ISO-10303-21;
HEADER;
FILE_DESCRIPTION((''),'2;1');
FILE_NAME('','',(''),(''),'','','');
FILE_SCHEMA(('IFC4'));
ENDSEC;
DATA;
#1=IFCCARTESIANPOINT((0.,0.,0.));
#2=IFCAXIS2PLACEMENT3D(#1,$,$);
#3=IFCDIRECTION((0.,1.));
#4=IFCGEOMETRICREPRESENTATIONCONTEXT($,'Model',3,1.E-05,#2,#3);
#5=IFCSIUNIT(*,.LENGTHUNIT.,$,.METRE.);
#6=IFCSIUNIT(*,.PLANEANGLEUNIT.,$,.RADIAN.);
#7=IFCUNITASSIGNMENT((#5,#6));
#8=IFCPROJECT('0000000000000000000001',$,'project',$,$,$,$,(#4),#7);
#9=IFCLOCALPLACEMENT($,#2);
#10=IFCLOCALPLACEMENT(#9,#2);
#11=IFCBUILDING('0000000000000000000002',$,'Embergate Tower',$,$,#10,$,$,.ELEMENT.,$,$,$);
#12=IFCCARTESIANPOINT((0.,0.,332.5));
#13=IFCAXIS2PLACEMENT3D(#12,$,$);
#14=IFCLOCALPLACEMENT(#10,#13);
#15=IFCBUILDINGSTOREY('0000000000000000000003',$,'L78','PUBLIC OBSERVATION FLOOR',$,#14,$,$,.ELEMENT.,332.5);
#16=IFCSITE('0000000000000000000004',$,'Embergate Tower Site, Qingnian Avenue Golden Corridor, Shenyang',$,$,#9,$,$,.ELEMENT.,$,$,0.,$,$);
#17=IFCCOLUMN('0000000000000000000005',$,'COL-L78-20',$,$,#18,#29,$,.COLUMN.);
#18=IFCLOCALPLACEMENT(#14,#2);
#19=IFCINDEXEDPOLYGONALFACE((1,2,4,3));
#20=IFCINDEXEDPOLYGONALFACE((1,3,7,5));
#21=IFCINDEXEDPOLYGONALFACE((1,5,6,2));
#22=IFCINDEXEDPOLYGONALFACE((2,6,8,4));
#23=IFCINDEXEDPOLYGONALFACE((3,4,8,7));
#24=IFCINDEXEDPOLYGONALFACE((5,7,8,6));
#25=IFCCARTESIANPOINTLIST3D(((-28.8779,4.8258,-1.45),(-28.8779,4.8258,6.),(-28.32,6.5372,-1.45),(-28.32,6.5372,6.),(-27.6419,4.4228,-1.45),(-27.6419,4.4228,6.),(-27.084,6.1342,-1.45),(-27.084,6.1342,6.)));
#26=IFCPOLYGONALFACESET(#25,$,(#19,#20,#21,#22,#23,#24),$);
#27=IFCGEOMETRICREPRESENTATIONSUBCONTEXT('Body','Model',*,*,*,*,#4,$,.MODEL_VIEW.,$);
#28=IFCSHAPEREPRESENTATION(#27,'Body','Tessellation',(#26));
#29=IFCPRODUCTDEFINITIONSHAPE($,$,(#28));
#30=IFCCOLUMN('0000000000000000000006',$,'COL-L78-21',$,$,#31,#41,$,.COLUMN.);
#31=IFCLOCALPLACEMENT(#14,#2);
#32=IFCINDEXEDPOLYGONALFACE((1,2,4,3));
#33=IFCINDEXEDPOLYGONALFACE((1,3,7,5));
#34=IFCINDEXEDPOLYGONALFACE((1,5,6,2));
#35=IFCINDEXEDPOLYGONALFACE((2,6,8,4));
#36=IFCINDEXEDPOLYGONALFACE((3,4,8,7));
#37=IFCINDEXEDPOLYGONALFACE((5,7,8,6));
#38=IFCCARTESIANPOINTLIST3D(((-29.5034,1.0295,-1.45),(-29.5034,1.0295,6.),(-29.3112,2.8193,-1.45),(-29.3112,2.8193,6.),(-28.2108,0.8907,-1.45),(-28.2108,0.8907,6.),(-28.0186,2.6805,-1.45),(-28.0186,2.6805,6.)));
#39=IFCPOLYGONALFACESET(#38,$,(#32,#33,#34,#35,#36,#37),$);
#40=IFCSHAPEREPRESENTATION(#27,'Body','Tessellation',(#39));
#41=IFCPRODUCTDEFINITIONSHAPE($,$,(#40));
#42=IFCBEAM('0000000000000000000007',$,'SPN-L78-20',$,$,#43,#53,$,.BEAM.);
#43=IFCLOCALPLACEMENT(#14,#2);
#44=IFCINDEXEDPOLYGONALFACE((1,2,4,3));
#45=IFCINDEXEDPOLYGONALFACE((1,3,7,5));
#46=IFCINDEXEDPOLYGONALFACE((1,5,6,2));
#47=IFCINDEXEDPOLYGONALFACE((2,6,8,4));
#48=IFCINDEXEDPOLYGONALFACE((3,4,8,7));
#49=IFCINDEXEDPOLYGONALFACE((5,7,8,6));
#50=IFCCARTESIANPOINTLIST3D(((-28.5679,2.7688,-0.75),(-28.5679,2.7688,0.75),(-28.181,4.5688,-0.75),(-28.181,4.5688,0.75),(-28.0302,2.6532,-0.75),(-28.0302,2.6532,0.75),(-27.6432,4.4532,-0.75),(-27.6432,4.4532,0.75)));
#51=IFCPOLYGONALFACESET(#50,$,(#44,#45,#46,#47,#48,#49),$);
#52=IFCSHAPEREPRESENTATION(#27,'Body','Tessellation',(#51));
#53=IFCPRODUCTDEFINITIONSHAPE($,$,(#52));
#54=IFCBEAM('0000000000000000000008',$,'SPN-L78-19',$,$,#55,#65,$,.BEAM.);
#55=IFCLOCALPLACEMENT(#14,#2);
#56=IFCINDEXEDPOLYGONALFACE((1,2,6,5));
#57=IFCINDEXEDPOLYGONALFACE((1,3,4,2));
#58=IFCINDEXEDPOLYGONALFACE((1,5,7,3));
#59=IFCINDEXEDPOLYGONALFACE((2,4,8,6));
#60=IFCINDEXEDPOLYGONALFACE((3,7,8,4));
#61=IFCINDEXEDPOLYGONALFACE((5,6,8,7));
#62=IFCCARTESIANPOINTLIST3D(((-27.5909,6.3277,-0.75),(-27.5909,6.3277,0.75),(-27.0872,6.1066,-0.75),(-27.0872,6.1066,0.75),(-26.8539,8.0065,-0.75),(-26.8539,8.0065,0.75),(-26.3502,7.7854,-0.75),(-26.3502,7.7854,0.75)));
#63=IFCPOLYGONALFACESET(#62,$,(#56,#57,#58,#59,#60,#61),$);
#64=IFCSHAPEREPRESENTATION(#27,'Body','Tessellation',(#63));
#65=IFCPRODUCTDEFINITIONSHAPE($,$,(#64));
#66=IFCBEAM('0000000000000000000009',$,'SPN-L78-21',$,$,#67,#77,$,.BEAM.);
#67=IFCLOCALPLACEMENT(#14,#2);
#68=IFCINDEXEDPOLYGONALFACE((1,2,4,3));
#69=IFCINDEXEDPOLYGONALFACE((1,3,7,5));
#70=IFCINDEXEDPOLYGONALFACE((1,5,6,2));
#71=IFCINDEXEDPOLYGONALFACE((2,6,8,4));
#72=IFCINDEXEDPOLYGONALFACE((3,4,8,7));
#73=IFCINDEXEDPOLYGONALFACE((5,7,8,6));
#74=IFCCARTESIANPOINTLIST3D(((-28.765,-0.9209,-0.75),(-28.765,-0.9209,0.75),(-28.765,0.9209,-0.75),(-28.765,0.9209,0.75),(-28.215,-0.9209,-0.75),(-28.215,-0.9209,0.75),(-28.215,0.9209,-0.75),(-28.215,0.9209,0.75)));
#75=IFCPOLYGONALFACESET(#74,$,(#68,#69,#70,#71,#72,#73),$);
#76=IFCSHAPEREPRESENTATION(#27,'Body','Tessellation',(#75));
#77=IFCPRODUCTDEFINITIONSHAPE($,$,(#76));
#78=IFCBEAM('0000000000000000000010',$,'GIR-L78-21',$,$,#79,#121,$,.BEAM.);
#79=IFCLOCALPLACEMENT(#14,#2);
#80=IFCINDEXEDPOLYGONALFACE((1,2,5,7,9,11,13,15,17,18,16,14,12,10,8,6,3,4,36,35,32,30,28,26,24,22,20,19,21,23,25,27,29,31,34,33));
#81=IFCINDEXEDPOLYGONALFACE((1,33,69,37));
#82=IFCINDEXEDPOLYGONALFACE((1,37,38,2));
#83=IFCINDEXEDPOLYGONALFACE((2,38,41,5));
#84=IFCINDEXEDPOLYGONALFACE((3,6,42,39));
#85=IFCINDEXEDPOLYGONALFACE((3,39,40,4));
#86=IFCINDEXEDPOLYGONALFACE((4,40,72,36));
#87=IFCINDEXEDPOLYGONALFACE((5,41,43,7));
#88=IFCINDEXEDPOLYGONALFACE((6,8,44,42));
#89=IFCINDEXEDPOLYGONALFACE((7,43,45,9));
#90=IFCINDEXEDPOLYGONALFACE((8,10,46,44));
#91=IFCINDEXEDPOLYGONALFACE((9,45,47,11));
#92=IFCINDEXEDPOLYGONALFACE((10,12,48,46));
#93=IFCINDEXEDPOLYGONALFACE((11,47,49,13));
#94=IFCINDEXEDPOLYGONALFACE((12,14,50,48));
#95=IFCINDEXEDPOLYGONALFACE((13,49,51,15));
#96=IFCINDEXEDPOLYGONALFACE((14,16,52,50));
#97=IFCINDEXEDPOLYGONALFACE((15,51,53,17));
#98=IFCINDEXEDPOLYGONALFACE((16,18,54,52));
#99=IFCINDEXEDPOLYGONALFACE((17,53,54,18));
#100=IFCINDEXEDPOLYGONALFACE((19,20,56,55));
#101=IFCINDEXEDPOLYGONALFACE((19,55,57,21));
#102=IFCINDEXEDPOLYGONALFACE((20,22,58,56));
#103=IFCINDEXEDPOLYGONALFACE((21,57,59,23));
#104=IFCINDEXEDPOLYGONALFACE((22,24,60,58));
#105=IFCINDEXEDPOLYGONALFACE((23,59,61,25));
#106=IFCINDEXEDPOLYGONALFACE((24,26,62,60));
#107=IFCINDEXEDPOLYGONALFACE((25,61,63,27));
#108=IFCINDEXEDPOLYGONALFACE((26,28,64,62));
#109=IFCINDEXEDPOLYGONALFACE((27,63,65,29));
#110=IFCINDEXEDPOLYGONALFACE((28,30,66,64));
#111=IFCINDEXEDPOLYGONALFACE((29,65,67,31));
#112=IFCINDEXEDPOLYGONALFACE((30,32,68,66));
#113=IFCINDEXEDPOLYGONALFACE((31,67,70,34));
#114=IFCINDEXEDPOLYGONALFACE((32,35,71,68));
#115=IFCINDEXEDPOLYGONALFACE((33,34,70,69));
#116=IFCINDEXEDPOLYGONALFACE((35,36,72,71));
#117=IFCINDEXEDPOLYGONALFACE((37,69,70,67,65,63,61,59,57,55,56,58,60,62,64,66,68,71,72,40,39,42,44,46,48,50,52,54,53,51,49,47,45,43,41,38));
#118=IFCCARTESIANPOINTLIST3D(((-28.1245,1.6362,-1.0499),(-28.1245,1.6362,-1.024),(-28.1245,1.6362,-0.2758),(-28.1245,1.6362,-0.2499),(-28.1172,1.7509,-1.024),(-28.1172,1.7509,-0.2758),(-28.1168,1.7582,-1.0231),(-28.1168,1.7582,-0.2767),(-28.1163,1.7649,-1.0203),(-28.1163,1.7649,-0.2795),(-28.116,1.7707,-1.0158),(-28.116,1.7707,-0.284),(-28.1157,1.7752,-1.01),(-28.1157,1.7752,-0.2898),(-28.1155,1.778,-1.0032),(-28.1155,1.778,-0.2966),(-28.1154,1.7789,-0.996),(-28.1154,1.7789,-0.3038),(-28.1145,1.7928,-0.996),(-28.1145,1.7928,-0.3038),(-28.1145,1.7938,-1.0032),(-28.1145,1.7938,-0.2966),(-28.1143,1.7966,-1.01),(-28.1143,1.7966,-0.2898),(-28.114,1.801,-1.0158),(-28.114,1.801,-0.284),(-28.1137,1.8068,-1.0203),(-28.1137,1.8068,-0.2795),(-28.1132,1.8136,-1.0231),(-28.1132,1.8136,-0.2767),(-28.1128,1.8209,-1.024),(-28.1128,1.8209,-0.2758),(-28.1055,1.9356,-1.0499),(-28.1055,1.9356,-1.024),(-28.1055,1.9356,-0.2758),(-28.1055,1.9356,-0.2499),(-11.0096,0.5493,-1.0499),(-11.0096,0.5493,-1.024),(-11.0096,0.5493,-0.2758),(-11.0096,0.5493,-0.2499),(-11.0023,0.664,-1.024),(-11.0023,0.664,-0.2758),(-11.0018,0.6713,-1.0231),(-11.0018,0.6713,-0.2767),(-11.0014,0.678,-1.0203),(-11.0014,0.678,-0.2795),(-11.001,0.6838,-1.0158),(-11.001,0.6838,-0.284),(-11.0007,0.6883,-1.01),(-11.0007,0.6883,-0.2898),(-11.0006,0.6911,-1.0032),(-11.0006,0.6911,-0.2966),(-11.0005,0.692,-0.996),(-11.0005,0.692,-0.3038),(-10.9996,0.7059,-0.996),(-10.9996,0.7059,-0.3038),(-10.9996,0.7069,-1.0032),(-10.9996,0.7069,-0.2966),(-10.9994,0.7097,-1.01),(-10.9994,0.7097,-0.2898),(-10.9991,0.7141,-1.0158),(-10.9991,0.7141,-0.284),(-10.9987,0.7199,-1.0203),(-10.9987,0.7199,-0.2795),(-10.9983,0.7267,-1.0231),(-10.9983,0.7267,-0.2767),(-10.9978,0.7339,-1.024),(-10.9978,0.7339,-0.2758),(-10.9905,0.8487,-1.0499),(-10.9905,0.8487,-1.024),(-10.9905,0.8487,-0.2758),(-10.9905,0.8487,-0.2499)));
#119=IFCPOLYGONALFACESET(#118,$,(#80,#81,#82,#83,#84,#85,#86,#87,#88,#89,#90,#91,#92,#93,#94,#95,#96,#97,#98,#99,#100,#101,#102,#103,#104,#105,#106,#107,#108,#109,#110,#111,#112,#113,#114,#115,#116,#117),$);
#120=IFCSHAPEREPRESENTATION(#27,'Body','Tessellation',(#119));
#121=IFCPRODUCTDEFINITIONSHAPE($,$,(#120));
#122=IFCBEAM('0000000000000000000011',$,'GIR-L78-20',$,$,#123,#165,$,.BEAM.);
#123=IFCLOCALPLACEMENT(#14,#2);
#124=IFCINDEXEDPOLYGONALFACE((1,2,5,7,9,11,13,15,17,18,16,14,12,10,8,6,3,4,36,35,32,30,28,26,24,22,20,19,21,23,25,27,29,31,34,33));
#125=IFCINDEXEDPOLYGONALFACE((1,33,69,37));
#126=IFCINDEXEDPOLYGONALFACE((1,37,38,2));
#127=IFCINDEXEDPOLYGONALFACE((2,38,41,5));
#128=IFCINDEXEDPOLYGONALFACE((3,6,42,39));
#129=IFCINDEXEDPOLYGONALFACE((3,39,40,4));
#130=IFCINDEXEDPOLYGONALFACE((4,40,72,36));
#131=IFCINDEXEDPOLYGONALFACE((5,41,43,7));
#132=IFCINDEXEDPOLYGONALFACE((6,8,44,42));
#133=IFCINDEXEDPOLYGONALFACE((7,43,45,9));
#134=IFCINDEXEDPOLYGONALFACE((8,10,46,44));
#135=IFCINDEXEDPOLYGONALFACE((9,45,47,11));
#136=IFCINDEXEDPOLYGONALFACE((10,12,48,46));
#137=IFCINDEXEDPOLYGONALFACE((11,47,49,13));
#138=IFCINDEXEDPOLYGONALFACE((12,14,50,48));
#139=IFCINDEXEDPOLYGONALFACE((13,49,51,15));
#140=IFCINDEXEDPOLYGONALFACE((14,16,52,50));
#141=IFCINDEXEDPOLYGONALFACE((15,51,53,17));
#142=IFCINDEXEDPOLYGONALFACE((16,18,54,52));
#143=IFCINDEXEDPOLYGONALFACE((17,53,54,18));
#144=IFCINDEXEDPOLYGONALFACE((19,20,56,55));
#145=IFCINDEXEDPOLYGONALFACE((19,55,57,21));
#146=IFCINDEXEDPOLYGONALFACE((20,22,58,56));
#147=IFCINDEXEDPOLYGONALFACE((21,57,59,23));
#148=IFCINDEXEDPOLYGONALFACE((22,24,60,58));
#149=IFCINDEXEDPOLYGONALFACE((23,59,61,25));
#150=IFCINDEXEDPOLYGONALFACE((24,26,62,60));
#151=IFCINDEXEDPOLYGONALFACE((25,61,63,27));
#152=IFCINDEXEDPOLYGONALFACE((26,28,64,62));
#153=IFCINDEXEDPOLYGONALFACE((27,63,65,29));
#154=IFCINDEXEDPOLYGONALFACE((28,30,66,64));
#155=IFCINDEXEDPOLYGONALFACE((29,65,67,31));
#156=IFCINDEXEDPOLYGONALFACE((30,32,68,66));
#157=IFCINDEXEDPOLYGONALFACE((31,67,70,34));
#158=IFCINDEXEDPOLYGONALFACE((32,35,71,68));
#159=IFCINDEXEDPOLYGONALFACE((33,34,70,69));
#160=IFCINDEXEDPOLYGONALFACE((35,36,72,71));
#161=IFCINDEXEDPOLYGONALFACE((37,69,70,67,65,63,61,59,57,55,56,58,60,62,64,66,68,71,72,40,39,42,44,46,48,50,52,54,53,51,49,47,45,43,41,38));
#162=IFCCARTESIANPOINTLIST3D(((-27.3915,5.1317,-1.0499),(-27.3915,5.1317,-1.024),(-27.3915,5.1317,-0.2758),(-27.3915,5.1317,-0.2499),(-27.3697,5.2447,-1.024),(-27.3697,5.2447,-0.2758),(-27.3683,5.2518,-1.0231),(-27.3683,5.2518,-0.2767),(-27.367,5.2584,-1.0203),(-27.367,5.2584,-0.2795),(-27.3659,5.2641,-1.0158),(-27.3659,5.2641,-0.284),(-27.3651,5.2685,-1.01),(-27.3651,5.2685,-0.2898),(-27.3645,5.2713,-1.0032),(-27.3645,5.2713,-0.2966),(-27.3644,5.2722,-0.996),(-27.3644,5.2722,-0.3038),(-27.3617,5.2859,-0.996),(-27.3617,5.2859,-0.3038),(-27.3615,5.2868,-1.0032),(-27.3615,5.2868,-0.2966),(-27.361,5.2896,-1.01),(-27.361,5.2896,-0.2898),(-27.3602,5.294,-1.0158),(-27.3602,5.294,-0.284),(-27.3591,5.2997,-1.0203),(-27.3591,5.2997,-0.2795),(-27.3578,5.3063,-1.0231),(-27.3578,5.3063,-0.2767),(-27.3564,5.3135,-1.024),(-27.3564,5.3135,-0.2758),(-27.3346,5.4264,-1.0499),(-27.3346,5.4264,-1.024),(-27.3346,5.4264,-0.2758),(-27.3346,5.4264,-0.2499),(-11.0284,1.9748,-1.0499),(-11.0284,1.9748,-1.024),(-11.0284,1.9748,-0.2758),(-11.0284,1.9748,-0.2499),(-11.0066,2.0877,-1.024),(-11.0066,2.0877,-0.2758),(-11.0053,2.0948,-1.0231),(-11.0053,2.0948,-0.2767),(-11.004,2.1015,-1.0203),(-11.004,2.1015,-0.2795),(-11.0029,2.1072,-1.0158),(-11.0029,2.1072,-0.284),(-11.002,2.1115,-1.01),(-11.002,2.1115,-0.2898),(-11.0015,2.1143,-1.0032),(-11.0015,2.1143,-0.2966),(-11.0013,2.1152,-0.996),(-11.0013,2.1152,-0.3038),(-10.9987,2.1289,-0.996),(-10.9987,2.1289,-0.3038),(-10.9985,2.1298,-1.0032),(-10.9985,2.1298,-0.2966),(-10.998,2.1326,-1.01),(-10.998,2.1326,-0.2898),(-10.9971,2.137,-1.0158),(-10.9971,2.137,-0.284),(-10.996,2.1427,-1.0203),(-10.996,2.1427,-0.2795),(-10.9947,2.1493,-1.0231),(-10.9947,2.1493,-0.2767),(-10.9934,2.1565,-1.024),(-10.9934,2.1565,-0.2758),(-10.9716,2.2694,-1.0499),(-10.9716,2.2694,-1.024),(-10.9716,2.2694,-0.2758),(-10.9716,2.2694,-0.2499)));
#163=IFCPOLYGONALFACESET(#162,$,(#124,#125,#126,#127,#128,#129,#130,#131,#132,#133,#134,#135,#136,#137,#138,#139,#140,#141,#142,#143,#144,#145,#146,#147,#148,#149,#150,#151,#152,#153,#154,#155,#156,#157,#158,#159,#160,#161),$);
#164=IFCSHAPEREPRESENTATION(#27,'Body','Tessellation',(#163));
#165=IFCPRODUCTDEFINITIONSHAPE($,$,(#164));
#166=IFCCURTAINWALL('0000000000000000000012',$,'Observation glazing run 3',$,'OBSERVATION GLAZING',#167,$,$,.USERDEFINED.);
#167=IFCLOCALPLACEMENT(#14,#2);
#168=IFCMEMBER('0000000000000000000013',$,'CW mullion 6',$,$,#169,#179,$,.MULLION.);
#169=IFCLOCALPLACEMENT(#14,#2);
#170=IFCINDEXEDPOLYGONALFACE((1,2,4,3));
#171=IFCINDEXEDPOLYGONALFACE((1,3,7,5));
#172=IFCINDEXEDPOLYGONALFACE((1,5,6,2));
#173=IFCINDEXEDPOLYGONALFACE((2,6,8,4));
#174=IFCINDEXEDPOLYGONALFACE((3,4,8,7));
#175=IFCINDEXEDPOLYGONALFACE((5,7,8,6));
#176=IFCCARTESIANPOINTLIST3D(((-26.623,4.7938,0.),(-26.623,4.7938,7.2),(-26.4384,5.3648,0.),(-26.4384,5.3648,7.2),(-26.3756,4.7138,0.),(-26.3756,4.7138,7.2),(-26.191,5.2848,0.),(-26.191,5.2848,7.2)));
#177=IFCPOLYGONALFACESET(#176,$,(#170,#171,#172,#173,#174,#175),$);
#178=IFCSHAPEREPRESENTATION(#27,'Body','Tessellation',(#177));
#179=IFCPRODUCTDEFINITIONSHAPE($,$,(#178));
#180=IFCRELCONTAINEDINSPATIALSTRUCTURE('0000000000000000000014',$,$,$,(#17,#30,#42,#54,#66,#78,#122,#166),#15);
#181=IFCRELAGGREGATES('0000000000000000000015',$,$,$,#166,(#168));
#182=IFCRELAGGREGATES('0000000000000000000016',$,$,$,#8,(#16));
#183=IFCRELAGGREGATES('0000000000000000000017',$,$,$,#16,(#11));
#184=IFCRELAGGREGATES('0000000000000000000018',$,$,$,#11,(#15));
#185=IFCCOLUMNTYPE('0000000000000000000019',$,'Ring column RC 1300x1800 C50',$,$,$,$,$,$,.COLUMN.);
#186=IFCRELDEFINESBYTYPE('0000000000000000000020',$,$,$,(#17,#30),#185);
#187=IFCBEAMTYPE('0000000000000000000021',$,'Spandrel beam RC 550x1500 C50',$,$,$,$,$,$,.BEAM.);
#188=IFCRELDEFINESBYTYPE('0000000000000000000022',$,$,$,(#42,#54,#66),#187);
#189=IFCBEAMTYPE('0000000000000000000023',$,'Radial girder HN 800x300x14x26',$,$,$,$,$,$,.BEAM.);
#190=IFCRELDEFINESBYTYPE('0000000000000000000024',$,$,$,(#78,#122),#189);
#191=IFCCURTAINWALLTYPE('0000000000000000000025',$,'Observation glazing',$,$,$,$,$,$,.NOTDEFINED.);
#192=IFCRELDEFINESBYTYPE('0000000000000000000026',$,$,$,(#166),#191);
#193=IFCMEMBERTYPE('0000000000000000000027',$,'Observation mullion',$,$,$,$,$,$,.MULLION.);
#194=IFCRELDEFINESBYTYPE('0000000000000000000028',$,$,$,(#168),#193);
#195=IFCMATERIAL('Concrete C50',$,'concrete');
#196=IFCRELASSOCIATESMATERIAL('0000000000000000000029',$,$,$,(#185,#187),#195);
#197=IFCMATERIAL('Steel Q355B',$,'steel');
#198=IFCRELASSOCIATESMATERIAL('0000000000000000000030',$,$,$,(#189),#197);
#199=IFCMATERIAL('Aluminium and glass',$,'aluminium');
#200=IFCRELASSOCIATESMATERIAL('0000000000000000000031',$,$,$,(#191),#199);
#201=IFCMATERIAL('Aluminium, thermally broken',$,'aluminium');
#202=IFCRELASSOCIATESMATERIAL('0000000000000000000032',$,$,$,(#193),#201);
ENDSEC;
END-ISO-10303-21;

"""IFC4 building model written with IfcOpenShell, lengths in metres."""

from ifc_helpers import new_model, si_unit, direction, frame, origin, origin_2d, place, context, subcontext, project, spatial, rectangle, i_section, extrude, source, transform, mapped, material, material_profile, profile_set, type_object, element, aggregate, save


model = new_model("IFC4")

# Units and contexts
model_context = context("Model", 3, precision=1e-05, world=origin(), true_north=direction((0.0, 1.0)))
body_context = subcontext(model_context, "Body", "Model", "MODEL_VIEW")
ifc_project = project(units=[si_unit("LENGTHUNIT", "METRE"), si_unit("PLANEANGLEUNIT", "RADIAN")], contexts=[model_context])

# Site, building, storey
site_placement = place(None, origin())
site = spatial("IfcSite", under=ifc_project, at=site_placement, Name="Embergate Tower Site, Qingnian Avenue Golden Corridor, Shenyang", CompositionType="ELEMENT", RefElevation=0.0)
building_placement = place(site_placement, origin())
building = spatial("IfcBuilding", under=site, at=building_placement, Name="Embergate Tower", CompositionType="ELEMENT")
storey_placement = place(building_placement, frame((0.0, 0.0, 332.5)))
storey = spatial("IfcBuildingStorey", under=building, at=storey_placement, Name="L78", Description="PUBLIC OBSERVATION FLOOR", CompositionType="ELEMENT", Elevation=332.5)

# Columns
ifc_material_1 = material(Name="Concrete C50", Category="concrete")
ifc_material_profile_1 = material_profile(ifc_material_1, rectangle(XDim=1.3, YDim=1.8, at=origin_2d()), Name="RC 1300x1800")
ifc_profile_set_1 = profile_set([ifc_material_profile_1], Name="Concrete C50")
column_type = type_object("IfcColumnType", Name="Ring column RC 1300x1800 C50", PredefinedType="COLUMN", material=ifc_profile_set_1)
shared_shape_1 = source(origin(), body_context, "Body", "SweptSolid", [
    extrude(rectangle(XDim=1.3, YDim=1.8, at=origin_2d()), origin(), (0.0, 0.0, 1.0), 7.45),
])
for number, where, z_axis, x_axis, name in (
    (1, (-27.981, 5.48, -1.45), (0.0, 0.0, 1.0), (-0.950754, 0.309946, 0.0), "COL-L78-20"),
    (2, (-28.761, 1.855, -1.45), (0.0, 0.0, 1.0), (-0.994286, 0.10675, 0.0), "COL-L78-21"),
):
    element("IfcColumn", number, at=place(storey_placement, frame(where, z_axis=z_axis, x_axis=x_axis)), inside=storey, type_object=column_type, Name=name, PredefinedType="COLUMN", context=body_context, shape_type="MappedRepresentation", body=[
        mapped(shared_shape_1, transform((0.0, 0.0, 0.0))),
    ])

# Beams
ifc_material_profile_2 = material_profile(ifc_material_1, rectangle(XDim=0.55, YDim=1.5, at=origin_2d()), Name="RC 550x1500")
ifc_profile_set_2 = profile_set([ifc_material_profile_2], Name="Concrete C50")
beam_type_1 = type_object("IfcBeamType", Name="Spandrel beam RC 550x1500 C50", PredefinedType="BEAM", material=ifc_profile_set_2)
shared_shape_2 = source(origin(), body_context, "Body", "SweptSolid", [
    extrude(rectangle(XDim=0.55, YDim=1.5, at=origin_2d()), origin(), (0.0, 0.0, 1.0), 1.8411),
])
beam_1_placement = place(storey_placement, frame((-27.9121, 4.511, 0.0), z_axis=(-0.210172, -0.977664, 0.0), x_axis=(0.977664, -0.210172, 0.0)))
element("IfcBeam", 3, at=beam_1_placement, inside=storey, type_object=beam_type_1, Name="SPN-L78-20", PredefinedType="BEAM", context=body_context, shape_type="MappedRepresentation", body=[
    mapped(shared_shape_2, transform((0.0, 0.0, 0.0))),
])
shared_shape_3 = source(origin(), body_context, "Body", "SweptSolid", [
    extrude(rectangle(XDim=0.55, YDim=1.5, at=origin_2d()), origin(), (0.0, 0.0, 1.0), 1.8335),
])
beam_2_placement = place(storey_placement, frame((-26.6021, 7.896, 0.0), z_axis=(-0.401971, -0.915652, 0.0), x_axis=(0.915652, -0.401971, 0.0)))
element("IfcBeam", 4, at=beam_2_placement, inside=storey, type_object=beam_type_1, Name="SPN-L78-19", PredefinedType="BEAM", context=body_context, shape_type="MappedRepresentation", body=[
    mapped(shared_shape_3, transform((0.0, 0.0, 0.0))),
])
shared_shape_4 = source(origin(), body_context, "Body", "SweptSolid", [
    extrude(rectangle(XDim=0.55, YDim=1.5, at=origin_2d()), origin(), (0.0, 0.0, 1.0), 1.8418),
])
beam_3_placement = place(storey_placement, frame((-28.49, 0.9209, 0.0), z_axis=(0.0, -1.0, 0.0), x_axis=(1.0, 0.0, 0.0)))
element("IfcBeam", 5, at=beam_3_placement, inside=storey, type_object=beam_type_1, Name="SPN-L78-21", PredefinedType="BEAM", context=body_context, shape_type="MappedRepresentation", body=[
    mapped(shared_shape_4, transform((0.0, 0.0, 0.0))),
])
ifc_material_2 = material(Name="Steel Q355B", Category="steel")
ifc_material_profile_3 = material_profile(ifc_material_2, i_section(OverallWidth=0.3, OverallDepth=0.8, WebThickness=0.0139, FlangeThickness=0.0259, FilletRadius=0.0281, at=origin_2d()), Name="HN 800x300x14x26")
ifc_profile_set_3 = profile_set([ifc_material_profile_3], Name="Steel Q355 grade B")
beam_type_2 = type_object("IfcBeamType", Name="Radial girder HN 800x300x14x26", PredefinedType="BEAM", material=ifc_profile_set_3)
shared_shape_5 = source(origin(), body_context, "Body", "SweptSolid", [
    extrude(i_section(OverallWidth=0.3, OverallDepth=0.8, WebThickness=0.0139, FlangeThickness=0.0259, FilletRadius=0.0281, at=origin_2d()), origin(), (0.0, 0.0, 1.0), 17.1494),
])
beam_4_placement = place(storey_placement, frame((-28.115, 1.7859, -0.6499), z_axis=(0.99799, -0.063379, 0.0), x_axis=(0.063379, 0.99799, 0.0)))
element("IfcBeam", 6, at=beam_4_placement, inside=storey, type_object=beam_type_2, Name="GIR-L78-21", PredefinedType="BEAM", context=body_context, shape_type="MappedRepresentation", body=[
    mapped(shared_shape_5, transform((0.0, 0.0, 0.0))),
])
shared_shape_6 = source(origin(), body_context, "Body", "SweptSolid", [
    extrude(i_section(OverallWidth=0.3, OverallDepth=0.8, WebThickness=0.0139, FlangeThickness=0.0259, FilletRadius=0.0281, at=origin_2d()), origin(), (0.0, 0.0, 1.0), 16.6648),
])
beam_5_placement = place(storey_placement, frame((-27.363, 5.2791, -0.6499), z_axis=(0.981892, -0.18944, 0.0), x_axis=(0.18944, 0.981892, 0.0)))
element("IfcBeam", 7, at=beam_5_placement, inside=storey, type_object=beam_type_2, Name="GIR-L78-20", PredefinedType="BEAM", context=body_context, shape_type="MappedRepresentation", body=[
    mapped(shared_shape_6, transform((0.0, 0.0, 0.0))),
])

# Curtain wall, member
ifc_material_3 = material(Name="Aluminium and glass", Category="aluminium")
curtain_wall_type = type_object("IfcCurtainWallType", Name="Observation glazing", PredefinedType="NOTDEFINED", material=ifc_material_3)
curtain_wall_placement = place(storey_placement, origin())
curtain_wall = element("IfcCurtainWall", 8, at=curtain_wall_placement, inside=storey, type_object=curtain_wall_type, Name="Observation glazing run 3", ObjectType="OBSERVATION GLAZING", PredefinedType="USERDEFINED")
ifc_material_4 = material(Name="Aluminium, thermally broken", Category="aluminium")
ifc_material_profile_4 = material_profile(ifc_material_4, rectangle(XDim=0.26, YDim=0.6001, at=origin_2d()), Name="AL 600x260")
ifc_profile_set_4 = profile_set([ifc_material_profile_4], Name="Aluminium, thermally broken")
member_type_1 = type_object("IfcMemberType", Name="Observation mullion", PredefinedType="MULLION", material=ifc_profile_set_4)
shared_shape_7 = source(origin(), body_context, "Body", "SweptSolid", [
    extrude(rectangle(XDim=0.26, YDim=0.6001, at=origin_2d()), origin(), (0.0, 0.0, 1.0), 7.2),
])
member_1_placement = place(storey_placement, frame((-26.407, 5.0393, 0.0), z_axis=(0.0, 0.0, 1.0), x_axis=(0.951485, -0.307695, 0.0)))
member_1 = element("IfcMember", 9, at=member_1_placement, type_object=member_type_1, Name="CW mullion 6", PredefinedType="MULLION", context=body_context, shape_type="MappedRepresentation", body=[
    mapped(shared_shape_7, transform((0.0, 0.0, 0.0))),
])
aggregate(curtain_wall, [member_1])

save(model, "model.ifc")
